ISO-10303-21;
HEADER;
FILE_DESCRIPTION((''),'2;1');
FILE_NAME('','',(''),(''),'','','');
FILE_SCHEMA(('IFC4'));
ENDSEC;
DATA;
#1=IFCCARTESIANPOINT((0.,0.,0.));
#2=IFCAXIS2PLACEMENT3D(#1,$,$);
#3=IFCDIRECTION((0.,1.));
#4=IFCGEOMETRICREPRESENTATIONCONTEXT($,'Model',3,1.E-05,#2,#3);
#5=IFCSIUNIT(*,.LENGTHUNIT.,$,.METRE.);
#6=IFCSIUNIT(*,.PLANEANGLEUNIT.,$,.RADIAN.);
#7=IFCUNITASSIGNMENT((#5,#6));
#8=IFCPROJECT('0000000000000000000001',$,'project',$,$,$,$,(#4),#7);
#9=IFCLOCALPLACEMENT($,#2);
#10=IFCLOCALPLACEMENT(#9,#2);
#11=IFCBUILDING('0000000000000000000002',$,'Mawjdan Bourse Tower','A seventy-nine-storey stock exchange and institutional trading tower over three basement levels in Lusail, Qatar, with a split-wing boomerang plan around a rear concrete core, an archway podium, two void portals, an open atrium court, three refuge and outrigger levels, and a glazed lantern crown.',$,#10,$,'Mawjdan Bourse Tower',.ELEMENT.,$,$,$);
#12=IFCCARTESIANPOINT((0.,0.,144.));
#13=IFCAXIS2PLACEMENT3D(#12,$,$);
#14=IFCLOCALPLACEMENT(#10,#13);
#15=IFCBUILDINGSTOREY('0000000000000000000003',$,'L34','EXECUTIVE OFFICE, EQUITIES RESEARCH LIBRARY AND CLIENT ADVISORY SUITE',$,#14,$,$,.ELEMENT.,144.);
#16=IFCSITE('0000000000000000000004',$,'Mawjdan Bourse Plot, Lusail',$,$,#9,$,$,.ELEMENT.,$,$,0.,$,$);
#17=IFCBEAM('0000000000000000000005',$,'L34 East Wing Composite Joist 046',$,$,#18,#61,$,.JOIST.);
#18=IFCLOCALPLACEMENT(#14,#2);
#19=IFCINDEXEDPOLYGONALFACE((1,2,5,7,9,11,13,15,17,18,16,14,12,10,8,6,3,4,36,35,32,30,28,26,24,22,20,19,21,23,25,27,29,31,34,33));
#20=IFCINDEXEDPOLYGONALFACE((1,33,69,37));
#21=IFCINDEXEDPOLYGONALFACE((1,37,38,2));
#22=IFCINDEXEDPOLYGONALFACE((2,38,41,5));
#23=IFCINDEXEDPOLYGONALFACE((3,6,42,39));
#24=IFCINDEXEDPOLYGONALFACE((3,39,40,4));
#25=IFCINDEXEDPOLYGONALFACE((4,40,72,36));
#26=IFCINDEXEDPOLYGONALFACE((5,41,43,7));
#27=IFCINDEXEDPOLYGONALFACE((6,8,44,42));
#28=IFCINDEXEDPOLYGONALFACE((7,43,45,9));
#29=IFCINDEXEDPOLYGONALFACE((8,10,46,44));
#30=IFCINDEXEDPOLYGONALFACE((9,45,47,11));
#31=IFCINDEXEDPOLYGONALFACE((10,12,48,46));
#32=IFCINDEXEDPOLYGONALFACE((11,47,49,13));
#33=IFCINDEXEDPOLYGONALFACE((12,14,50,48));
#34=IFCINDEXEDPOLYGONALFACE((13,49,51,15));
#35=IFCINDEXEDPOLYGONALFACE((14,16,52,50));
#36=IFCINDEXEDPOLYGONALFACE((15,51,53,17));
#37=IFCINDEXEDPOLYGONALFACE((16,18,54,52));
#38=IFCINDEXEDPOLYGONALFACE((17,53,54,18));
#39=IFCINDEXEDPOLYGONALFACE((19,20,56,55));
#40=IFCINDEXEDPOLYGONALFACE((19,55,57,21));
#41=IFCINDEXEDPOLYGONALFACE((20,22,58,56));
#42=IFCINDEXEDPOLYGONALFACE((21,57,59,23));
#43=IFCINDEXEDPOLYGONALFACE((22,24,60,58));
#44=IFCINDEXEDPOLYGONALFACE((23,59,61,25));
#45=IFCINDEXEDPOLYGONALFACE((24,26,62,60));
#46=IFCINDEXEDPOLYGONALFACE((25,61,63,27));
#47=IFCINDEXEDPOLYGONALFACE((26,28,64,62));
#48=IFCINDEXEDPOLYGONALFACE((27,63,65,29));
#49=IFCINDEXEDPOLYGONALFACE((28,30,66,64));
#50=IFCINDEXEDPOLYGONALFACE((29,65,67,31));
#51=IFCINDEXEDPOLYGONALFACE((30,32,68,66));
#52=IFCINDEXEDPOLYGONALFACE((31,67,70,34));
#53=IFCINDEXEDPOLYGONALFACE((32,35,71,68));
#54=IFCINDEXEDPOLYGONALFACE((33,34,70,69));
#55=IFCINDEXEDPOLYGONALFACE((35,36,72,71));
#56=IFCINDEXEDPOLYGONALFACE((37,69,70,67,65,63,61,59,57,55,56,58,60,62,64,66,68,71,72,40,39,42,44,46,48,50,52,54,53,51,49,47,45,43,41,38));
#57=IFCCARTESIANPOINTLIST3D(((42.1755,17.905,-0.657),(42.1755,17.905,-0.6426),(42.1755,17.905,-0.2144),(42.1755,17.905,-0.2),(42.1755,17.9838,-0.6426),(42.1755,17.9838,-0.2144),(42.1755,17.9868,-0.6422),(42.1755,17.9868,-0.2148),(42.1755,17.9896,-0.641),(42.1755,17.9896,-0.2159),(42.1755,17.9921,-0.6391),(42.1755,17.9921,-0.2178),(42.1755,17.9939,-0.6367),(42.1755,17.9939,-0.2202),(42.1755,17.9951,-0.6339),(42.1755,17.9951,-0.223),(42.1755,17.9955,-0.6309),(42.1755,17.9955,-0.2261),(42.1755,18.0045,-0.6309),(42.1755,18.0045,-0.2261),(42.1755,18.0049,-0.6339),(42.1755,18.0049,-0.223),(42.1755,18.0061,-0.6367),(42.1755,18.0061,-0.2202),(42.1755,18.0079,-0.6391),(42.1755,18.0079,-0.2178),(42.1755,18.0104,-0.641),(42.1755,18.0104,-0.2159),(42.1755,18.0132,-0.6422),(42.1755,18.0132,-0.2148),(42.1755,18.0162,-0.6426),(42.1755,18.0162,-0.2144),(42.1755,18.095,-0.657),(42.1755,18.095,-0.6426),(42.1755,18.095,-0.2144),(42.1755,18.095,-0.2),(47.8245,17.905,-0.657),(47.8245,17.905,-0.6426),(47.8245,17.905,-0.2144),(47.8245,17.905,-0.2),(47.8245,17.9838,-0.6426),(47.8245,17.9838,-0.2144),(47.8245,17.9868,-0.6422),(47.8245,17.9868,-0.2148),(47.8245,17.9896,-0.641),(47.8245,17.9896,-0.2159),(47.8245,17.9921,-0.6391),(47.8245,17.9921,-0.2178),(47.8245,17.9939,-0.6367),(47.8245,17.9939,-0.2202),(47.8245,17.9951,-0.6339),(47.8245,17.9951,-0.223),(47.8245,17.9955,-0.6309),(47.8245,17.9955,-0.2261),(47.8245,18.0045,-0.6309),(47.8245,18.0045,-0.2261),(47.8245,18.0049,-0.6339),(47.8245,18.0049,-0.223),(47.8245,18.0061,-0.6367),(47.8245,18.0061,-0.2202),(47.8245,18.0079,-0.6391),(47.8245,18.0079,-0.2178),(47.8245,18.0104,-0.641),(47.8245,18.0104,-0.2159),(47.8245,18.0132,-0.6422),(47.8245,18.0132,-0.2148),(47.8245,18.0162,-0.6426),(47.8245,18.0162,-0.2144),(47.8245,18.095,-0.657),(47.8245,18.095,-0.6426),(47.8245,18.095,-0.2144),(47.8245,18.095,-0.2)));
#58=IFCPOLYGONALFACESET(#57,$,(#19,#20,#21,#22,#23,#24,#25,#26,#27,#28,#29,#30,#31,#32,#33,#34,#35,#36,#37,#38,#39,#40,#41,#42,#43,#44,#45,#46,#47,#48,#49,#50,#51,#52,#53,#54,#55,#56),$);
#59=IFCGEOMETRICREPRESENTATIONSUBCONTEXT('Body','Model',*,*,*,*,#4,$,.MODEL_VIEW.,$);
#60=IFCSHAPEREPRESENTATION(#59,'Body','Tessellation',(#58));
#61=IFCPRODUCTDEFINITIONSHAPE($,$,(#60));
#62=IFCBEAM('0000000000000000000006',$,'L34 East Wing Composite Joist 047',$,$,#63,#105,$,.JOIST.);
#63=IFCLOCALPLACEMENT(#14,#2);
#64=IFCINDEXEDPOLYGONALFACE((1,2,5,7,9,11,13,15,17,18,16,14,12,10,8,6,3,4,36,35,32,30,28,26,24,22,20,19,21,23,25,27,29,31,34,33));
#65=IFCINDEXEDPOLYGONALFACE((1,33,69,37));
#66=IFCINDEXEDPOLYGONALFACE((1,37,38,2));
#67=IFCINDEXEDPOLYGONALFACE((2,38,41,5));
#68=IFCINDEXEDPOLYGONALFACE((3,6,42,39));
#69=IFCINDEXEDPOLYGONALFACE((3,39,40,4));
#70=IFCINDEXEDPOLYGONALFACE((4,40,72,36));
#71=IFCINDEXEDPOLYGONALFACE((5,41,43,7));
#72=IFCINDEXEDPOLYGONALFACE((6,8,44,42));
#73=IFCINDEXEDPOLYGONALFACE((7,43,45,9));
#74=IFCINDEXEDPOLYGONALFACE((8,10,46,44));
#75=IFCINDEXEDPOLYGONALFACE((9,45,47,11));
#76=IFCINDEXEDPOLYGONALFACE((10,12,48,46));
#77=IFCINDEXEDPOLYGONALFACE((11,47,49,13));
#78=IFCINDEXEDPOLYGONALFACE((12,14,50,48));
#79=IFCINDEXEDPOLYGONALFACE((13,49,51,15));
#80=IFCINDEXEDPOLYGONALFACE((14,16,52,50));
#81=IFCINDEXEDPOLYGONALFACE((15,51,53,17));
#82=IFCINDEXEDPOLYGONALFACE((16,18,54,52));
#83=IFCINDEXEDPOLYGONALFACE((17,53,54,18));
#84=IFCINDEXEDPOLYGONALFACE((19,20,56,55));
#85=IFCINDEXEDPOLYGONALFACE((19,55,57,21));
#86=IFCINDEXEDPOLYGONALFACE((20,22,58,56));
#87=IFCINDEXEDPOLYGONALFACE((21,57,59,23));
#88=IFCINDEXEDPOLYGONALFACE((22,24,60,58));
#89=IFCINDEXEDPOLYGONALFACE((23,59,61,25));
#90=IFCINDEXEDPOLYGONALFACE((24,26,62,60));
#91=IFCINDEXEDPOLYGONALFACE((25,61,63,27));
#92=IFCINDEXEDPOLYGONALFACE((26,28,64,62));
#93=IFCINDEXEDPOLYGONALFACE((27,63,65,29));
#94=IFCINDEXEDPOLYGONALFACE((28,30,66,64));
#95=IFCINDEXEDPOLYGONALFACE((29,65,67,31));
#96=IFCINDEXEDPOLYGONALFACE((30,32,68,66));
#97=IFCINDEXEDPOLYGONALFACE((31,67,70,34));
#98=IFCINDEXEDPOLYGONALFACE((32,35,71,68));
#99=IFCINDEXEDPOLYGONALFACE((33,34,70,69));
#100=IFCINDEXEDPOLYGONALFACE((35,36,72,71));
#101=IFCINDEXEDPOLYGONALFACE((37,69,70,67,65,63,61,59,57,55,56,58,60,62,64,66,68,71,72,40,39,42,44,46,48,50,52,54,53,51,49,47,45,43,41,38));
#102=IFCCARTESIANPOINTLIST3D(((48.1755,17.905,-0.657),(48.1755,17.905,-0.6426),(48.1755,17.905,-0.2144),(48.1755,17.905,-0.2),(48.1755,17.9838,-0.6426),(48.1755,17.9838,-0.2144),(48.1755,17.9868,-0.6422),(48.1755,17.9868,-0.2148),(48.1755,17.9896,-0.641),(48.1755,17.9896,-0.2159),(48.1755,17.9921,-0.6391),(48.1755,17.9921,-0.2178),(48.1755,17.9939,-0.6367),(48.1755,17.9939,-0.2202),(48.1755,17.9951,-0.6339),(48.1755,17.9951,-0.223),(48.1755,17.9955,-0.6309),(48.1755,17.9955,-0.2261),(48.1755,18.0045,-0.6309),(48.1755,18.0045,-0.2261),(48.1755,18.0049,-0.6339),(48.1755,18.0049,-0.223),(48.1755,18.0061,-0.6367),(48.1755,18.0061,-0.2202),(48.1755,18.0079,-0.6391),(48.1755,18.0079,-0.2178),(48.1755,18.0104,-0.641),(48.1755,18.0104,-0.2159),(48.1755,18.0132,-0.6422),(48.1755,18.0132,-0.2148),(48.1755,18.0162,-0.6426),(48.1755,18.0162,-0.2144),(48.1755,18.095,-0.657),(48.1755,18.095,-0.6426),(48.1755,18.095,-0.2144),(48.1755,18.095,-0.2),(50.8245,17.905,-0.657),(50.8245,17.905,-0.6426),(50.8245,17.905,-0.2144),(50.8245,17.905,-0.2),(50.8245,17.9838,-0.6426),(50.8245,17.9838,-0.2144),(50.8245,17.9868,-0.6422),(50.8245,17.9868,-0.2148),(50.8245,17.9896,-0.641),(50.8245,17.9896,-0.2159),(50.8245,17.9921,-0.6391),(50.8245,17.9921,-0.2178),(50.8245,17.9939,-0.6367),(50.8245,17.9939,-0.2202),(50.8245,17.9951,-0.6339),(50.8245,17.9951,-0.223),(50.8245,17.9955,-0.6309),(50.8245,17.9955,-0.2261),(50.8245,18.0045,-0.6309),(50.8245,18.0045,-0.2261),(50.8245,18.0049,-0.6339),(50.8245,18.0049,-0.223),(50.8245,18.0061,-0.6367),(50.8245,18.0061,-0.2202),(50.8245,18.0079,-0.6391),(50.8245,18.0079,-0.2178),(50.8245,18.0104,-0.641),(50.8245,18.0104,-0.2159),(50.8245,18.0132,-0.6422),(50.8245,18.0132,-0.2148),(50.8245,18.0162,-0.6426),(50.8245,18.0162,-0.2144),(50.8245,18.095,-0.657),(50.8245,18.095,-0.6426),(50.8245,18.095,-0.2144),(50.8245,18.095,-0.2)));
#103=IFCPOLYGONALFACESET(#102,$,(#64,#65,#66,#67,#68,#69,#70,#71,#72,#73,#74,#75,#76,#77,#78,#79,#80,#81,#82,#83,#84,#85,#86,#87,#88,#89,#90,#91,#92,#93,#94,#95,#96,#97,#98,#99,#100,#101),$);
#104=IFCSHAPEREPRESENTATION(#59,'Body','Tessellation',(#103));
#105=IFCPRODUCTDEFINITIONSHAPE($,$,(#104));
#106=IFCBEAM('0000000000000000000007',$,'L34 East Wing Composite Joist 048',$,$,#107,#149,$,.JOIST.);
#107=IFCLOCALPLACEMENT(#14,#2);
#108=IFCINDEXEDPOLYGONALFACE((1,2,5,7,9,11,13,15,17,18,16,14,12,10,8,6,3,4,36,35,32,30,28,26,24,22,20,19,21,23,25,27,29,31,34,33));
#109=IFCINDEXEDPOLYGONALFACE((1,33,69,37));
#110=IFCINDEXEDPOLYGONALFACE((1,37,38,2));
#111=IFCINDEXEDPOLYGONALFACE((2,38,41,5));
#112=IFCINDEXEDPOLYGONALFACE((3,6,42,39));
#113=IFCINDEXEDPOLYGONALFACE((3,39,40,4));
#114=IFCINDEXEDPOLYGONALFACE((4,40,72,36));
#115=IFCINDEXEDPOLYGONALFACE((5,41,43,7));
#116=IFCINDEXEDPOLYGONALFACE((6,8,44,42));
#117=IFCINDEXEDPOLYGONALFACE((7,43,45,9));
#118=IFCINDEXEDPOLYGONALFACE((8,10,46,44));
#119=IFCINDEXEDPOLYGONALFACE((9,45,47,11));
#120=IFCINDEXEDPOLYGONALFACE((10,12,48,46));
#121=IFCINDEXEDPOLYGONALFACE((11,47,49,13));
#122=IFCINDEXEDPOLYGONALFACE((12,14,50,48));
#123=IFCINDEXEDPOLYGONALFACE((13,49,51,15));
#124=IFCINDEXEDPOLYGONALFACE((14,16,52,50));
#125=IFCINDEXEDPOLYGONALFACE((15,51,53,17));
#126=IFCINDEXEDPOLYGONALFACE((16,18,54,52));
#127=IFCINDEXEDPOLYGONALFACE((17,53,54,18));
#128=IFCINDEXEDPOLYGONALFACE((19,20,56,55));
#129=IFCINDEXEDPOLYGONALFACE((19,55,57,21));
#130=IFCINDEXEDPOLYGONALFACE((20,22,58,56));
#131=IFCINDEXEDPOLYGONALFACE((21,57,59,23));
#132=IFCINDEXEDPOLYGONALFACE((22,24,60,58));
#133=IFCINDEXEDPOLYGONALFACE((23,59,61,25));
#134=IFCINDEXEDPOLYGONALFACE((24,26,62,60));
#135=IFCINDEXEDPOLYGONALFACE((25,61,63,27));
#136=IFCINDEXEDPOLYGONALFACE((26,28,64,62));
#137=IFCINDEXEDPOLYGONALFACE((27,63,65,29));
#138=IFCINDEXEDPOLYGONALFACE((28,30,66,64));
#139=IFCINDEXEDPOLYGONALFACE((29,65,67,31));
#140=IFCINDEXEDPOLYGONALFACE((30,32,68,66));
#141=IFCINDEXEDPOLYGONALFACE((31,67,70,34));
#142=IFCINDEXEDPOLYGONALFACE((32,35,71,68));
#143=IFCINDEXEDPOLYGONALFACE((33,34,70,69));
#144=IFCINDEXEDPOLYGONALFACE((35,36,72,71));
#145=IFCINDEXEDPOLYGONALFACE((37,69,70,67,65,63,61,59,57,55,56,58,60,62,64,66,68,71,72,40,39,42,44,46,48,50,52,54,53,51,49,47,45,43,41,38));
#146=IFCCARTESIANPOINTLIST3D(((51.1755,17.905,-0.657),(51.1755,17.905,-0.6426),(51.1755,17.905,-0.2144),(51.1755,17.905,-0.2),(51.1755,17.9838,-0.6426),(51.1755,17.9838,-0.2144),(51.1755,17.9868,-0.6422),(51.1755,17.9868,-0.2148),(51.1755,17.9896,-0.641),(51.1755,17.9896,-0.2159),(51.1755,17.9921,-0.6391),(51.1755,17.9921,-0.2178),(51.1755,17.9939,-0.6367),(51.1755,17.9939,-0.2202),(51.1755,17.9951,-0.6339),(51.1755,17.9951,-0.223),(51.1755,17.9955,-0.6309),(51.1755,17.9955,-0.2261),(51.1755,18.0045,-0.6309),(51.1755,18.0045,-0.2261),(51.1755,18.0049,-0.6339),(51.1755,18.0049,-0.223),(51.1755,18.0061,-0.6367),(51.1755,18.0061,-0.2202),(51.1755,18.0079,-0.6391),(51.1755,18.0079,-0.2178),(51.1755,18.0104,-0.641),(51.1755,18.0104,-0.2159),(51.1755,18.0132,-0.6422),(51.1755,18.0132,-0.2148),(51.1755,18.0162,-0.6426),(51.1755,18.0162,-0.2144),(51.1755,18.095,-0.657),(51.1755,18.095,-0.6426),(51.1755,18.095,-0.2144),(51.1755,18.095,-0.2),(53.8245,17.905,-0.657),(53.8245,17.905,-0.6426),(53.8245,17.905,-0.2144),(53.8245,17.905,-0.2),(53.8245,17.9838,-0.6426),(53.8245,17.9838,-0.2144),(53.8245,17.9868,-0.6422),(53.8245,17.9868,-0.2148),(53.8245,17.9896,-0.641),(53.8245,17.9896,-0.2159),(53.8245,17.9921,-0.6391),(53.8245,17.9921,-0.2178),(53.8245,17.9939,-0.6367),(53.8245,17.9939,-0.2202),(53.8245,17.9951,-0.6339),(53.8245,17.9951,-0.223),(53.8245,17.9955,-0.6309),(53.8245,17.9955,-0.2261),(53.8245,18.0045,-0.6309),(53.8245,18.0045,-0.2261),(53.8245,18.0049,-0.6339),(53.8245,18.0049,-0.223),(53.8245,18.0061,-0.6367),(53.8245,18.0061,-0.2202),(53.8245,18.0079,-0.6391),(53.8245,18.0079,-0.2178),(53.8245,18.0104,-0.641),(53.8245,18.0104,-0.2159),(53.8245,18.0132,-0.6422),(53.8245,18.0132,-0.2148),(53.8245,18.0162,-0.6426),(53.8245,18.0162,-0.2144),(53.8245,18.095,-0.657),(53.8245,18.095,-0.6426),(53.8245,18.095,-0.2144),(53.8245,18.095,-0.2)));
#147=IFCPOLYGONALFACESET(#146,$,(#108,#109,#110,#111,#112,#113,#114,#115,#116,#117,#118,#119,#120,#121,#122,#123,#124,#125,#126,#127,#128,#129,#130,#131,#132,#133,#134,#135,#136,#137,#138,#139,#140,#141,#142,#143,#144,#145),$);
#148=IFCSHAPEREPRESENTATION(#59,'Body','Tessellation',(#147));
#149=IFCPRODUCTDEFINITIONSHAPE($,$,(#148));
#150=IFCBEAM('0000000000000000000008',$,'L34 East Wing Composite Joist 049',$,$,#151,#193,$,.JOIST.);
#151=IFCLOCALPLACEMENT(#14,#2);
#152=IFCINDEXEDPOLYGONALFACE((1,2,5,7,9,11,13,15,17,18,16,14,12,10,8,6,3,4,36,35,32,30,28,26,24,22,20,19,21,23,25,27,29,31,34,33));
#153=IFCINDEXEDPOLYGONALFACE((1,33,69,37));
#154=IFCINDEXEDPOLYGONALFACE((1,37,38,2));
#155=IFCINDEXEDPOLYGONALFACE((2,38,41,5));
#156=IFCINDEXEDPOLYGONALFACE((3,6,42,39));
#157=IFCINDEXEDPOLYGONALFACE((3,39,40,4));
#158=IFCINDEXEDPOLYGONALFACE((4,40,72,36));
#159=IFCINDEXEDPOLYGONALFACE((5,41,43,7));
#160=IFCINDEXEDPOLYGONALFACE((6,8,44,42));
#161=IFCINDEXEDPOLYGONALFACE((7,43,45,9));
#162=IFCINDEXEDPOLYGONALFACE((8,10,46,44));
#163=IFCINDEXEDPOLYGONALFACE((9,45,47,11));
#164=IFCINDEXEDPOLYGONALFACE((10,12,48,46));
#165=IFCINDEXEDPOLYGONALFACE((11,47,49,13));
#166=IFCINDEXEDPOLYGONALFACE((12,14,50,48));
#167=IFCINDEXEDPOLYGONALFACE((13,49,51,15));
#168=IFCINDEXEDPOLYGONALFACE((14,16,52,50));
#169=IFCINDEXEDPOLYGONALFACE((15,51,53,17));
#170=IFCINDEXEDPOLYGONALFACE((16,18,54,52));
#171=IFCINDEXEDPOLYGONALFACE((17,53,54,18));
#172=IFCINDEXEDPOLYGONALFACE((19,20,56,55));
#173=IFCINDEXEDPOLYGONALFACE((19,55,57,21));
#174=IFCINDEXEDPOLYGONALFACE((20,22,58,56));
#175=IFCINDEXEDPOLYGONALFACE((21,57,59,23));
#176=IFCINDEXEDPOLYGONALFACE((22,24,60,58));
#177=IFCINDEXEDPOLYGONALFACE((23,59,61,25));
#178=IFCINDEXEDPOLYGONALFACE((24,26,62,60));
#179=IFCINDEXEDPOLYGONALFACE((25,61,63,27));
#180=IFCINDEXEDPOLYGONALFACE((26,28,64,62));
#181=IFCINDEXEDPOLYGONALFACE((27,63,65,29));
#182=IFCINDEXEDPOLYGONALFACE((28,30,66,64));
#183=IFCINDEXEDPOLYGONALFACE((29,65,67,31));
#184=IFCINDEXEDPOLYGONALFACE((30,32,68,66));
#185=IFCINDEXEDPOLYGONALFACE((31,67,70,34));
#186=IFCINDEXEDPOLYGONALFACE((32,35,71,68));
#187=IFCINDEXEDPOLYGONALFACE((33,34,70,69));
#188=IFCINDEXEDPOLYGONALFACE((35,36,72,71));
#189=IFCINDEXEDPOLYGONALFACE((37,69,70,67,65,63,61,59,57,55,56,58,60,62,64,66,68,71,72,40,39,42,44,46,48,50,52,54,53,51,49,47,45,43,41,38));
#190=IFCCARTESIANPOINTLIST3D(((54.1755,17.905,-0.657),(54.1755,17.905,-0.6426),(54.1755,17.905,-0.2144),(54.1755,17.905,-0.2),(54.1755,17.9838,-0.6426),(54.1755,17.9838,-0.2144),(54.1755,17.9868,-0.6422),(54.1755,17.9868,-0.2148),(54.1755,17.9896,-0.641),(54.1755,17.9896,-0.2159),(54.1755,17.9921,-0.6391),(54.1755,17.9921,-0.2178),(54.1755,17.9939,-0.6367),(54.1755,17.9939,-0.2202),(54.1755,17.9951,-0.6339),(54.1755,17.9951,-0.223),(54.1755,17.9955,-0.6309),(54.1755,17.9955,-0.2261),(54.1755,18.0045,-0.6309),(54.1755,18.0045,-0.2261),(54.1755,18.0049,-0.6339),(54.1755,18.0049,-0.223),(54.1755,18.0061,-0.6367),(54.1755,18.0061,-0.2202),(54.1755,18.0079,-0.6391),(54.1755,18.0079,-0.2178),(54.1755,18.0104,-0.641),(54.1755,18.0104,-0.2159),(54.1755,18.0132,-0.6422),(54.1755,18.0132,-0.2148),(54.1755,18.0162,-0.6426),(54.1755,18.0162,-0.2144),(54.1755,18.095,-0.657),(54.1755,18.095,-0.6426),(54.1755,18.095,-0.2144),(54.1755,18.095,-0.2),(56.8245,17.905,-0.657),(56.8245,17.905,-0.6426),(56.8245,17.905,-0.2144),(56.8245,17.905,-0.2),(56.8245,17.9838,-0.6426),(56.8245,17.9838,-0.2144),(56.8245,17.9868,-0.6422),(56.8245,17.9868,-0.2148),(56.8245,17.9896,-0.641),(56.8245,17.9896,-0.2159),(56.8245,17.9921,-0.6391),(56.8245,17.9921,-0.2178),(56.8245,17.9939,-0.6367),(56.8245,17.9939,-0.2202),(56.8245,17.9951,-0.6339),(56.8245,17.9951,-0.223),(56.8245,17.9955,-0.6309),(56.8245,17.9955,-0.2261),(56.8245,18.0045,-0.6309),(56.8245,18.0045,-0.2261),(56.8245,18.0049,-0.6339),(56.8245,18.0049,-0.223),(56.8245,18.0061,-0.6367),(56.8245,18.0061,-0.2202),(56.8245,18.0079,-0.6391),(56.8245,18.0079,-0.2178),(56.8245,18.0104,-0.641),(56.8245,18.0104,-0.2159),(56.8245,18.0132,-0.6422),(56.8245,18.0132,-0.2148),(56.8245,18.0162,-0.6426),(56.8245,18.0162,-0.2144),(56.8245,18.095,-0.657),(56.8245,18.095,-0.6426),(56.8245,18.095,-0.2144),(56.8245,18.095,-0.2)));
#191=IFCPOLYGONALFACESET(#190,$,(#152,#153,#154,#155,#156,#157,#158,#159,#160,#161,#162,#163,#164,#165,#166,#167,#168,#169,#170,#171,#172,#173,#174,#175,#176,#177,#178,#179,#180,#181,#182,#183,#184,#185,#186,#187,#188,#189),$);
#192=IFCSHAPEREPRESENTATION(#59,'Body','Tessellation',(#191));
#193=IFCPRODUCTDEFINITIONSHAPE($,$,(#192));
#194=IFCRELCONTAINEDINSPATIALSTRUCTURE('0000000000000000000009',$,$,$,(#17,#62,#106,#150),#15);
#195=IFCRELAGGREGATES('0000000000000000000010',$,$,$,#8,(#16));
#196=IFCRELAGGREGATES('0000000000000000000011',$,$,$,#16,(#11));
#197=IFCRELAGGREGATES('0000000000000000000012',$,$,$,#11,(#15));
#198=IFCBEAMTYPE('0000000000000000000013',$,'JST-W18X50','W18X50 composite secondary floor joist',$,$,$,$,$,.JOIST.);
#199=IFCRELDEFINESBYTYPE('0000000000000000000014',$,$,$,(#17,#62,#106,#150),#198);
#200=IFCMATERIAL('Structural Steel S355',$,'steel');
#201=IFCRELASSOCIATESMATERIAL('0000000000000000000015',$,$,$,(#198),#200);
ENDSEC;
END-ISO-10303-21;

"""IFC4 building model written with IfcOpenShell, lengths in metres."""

from ifc_helpers import new_model, si_unit, direction, frame, origin, origin_2d, place, context, subcontext, project, spatial, i_section, extrude, material, material_profile, profile_set, type_object, element, save


model = new_model("IFC4")

# Units and contexts
model_context = context("Model", 3, precision=1e-05, world=origin(), true_north=direction((0.0, 1.0)))
body_context = subcontext(model_context, "Body", "Model", "MODEL_VIEW")
ifc_project = project(units=[si_unit("LENGTHUNIT", "METRE"), si_unit("PLANEANGLEUNIT", "RADIAN")], contexts=[model_context])

# Site, building, storey
site_placement = place(None, origin())
site = spatial("IfcSite", under=ifc_project, at=site_placement, Name="Mawjdan Bourse Plot, Lusail", CompositionType="ELEMENT", RefElevation=0.0)
building_placement = place(site_placement, origin())
building = spatial("IfcBuilding", under=site, at=building_placement, Name="Mawjdan Bourse Tower", Description="A seventy-nine-storey stock exchange and institutional trading tower over three basement levels in Lusail, Qatar, with a split-wing boomerang plan around a rear concrete core, an archway podium, two void portals, an open atrium court, three refuge and outrigger levels, and a glazed lantern crown.", LongName="Mawjdan Bourse Tower", CompositionType="ELEMENT")
storey_placement = place(building_placement, frame((0.0, 0.0, 144.0)))
storey = spatial("IfcBuildingStorey", under=building, at=storey_placement, Name="L34", Description="EXECUTIVE OFFICE, EQUITIES RESEARCH LIBRARY AND CLIENT ADVISORY SUITE", CompositionType="ELEMENT", Elevation=144.0)

# Beams
ifc_material_1 = material(Name="Structural Steel S355", Category="steel")
ifc_material_profile_1 = material_profile(ifc_material_1, i_section(OverallWidth=0.1899, OverallDepth=0.457, WebThickness=0.009, FlangeThickness=0.0144, FilletRadius=0.0117, at=origin_2d()), Name="W18X50")
ifc_profile_set_1 = profile_set([ifc_material_profile_1], Name="Structural Steel S355")
beam_type_1 = type_object("IfcBeamType", Name="JST-W18X50", Description="W18X50 composite secondary floor joist", PredefinedType="JOIST", material=ifc_profile_set_1)
beam_1_placement = place(storey_placement, frame((42.1755, 18.0, -0.4285), z_axis=(1.0, 0.0, 0.0), x_axis=(0.0, 1.0, 0.0)))
element("IfcBeam", 1, at=beam_1_placement, inside=storey, type_object=beam_type_1, Name="L34 East Wing Composite Joist 046", PredefinedType="JOIST", context=body_context, shape_type="SweptSolid", body=[
    extrude(i_section(OverallWidth=0.1899, OverallDepth=0.457, WebThickness=0.009, FlangeThickness=0.0144, FilletRadius=0.0117, at=origin_2d()), origin(), (0.0, 0.0, 1.0), 5.6489),
])
for number, where, z_axis, x_axis, name in (
    (2, (48.1755, 18.0, -0.4285), (1.0, 0.0, 0.0), (0.0, 1.0, 0.0), "L34 East Wing Composite Joist 047"),
    (3, (51.1755, 18.0, -0.4285), (1.0, 0.0, 0.0), (0.0, 1.0, 0.0), "L34 East Wing Composite Joist 048"),
    (4, (54.1755, 18.0, -0.4285), (1.0, 0.0, 0.0), (0.0, 1.0, 0.0), "L34 East Wing Composite Joist 049"),
):
    element("IfcBeam", number, at=place(storey_placement, frame(where, z_axis=z_axis, x_axis=x_axis)), inside=storey, type_object=beam_type_1, Name=name, PredefinedType="JOIST", context=body_context, shape_type="SweptSolid", body=[
        extrude(i_section(OverallWidth=0.1899, OverallDepth=0.457, WebThickness=0.009, FlangeThickness=0.0144, FilletRadius=0.0117, at=origin_2d()), origin(), (0.0, 0.0, 1.0), 2.6489),
    ])

save(model, "model.ifc")
